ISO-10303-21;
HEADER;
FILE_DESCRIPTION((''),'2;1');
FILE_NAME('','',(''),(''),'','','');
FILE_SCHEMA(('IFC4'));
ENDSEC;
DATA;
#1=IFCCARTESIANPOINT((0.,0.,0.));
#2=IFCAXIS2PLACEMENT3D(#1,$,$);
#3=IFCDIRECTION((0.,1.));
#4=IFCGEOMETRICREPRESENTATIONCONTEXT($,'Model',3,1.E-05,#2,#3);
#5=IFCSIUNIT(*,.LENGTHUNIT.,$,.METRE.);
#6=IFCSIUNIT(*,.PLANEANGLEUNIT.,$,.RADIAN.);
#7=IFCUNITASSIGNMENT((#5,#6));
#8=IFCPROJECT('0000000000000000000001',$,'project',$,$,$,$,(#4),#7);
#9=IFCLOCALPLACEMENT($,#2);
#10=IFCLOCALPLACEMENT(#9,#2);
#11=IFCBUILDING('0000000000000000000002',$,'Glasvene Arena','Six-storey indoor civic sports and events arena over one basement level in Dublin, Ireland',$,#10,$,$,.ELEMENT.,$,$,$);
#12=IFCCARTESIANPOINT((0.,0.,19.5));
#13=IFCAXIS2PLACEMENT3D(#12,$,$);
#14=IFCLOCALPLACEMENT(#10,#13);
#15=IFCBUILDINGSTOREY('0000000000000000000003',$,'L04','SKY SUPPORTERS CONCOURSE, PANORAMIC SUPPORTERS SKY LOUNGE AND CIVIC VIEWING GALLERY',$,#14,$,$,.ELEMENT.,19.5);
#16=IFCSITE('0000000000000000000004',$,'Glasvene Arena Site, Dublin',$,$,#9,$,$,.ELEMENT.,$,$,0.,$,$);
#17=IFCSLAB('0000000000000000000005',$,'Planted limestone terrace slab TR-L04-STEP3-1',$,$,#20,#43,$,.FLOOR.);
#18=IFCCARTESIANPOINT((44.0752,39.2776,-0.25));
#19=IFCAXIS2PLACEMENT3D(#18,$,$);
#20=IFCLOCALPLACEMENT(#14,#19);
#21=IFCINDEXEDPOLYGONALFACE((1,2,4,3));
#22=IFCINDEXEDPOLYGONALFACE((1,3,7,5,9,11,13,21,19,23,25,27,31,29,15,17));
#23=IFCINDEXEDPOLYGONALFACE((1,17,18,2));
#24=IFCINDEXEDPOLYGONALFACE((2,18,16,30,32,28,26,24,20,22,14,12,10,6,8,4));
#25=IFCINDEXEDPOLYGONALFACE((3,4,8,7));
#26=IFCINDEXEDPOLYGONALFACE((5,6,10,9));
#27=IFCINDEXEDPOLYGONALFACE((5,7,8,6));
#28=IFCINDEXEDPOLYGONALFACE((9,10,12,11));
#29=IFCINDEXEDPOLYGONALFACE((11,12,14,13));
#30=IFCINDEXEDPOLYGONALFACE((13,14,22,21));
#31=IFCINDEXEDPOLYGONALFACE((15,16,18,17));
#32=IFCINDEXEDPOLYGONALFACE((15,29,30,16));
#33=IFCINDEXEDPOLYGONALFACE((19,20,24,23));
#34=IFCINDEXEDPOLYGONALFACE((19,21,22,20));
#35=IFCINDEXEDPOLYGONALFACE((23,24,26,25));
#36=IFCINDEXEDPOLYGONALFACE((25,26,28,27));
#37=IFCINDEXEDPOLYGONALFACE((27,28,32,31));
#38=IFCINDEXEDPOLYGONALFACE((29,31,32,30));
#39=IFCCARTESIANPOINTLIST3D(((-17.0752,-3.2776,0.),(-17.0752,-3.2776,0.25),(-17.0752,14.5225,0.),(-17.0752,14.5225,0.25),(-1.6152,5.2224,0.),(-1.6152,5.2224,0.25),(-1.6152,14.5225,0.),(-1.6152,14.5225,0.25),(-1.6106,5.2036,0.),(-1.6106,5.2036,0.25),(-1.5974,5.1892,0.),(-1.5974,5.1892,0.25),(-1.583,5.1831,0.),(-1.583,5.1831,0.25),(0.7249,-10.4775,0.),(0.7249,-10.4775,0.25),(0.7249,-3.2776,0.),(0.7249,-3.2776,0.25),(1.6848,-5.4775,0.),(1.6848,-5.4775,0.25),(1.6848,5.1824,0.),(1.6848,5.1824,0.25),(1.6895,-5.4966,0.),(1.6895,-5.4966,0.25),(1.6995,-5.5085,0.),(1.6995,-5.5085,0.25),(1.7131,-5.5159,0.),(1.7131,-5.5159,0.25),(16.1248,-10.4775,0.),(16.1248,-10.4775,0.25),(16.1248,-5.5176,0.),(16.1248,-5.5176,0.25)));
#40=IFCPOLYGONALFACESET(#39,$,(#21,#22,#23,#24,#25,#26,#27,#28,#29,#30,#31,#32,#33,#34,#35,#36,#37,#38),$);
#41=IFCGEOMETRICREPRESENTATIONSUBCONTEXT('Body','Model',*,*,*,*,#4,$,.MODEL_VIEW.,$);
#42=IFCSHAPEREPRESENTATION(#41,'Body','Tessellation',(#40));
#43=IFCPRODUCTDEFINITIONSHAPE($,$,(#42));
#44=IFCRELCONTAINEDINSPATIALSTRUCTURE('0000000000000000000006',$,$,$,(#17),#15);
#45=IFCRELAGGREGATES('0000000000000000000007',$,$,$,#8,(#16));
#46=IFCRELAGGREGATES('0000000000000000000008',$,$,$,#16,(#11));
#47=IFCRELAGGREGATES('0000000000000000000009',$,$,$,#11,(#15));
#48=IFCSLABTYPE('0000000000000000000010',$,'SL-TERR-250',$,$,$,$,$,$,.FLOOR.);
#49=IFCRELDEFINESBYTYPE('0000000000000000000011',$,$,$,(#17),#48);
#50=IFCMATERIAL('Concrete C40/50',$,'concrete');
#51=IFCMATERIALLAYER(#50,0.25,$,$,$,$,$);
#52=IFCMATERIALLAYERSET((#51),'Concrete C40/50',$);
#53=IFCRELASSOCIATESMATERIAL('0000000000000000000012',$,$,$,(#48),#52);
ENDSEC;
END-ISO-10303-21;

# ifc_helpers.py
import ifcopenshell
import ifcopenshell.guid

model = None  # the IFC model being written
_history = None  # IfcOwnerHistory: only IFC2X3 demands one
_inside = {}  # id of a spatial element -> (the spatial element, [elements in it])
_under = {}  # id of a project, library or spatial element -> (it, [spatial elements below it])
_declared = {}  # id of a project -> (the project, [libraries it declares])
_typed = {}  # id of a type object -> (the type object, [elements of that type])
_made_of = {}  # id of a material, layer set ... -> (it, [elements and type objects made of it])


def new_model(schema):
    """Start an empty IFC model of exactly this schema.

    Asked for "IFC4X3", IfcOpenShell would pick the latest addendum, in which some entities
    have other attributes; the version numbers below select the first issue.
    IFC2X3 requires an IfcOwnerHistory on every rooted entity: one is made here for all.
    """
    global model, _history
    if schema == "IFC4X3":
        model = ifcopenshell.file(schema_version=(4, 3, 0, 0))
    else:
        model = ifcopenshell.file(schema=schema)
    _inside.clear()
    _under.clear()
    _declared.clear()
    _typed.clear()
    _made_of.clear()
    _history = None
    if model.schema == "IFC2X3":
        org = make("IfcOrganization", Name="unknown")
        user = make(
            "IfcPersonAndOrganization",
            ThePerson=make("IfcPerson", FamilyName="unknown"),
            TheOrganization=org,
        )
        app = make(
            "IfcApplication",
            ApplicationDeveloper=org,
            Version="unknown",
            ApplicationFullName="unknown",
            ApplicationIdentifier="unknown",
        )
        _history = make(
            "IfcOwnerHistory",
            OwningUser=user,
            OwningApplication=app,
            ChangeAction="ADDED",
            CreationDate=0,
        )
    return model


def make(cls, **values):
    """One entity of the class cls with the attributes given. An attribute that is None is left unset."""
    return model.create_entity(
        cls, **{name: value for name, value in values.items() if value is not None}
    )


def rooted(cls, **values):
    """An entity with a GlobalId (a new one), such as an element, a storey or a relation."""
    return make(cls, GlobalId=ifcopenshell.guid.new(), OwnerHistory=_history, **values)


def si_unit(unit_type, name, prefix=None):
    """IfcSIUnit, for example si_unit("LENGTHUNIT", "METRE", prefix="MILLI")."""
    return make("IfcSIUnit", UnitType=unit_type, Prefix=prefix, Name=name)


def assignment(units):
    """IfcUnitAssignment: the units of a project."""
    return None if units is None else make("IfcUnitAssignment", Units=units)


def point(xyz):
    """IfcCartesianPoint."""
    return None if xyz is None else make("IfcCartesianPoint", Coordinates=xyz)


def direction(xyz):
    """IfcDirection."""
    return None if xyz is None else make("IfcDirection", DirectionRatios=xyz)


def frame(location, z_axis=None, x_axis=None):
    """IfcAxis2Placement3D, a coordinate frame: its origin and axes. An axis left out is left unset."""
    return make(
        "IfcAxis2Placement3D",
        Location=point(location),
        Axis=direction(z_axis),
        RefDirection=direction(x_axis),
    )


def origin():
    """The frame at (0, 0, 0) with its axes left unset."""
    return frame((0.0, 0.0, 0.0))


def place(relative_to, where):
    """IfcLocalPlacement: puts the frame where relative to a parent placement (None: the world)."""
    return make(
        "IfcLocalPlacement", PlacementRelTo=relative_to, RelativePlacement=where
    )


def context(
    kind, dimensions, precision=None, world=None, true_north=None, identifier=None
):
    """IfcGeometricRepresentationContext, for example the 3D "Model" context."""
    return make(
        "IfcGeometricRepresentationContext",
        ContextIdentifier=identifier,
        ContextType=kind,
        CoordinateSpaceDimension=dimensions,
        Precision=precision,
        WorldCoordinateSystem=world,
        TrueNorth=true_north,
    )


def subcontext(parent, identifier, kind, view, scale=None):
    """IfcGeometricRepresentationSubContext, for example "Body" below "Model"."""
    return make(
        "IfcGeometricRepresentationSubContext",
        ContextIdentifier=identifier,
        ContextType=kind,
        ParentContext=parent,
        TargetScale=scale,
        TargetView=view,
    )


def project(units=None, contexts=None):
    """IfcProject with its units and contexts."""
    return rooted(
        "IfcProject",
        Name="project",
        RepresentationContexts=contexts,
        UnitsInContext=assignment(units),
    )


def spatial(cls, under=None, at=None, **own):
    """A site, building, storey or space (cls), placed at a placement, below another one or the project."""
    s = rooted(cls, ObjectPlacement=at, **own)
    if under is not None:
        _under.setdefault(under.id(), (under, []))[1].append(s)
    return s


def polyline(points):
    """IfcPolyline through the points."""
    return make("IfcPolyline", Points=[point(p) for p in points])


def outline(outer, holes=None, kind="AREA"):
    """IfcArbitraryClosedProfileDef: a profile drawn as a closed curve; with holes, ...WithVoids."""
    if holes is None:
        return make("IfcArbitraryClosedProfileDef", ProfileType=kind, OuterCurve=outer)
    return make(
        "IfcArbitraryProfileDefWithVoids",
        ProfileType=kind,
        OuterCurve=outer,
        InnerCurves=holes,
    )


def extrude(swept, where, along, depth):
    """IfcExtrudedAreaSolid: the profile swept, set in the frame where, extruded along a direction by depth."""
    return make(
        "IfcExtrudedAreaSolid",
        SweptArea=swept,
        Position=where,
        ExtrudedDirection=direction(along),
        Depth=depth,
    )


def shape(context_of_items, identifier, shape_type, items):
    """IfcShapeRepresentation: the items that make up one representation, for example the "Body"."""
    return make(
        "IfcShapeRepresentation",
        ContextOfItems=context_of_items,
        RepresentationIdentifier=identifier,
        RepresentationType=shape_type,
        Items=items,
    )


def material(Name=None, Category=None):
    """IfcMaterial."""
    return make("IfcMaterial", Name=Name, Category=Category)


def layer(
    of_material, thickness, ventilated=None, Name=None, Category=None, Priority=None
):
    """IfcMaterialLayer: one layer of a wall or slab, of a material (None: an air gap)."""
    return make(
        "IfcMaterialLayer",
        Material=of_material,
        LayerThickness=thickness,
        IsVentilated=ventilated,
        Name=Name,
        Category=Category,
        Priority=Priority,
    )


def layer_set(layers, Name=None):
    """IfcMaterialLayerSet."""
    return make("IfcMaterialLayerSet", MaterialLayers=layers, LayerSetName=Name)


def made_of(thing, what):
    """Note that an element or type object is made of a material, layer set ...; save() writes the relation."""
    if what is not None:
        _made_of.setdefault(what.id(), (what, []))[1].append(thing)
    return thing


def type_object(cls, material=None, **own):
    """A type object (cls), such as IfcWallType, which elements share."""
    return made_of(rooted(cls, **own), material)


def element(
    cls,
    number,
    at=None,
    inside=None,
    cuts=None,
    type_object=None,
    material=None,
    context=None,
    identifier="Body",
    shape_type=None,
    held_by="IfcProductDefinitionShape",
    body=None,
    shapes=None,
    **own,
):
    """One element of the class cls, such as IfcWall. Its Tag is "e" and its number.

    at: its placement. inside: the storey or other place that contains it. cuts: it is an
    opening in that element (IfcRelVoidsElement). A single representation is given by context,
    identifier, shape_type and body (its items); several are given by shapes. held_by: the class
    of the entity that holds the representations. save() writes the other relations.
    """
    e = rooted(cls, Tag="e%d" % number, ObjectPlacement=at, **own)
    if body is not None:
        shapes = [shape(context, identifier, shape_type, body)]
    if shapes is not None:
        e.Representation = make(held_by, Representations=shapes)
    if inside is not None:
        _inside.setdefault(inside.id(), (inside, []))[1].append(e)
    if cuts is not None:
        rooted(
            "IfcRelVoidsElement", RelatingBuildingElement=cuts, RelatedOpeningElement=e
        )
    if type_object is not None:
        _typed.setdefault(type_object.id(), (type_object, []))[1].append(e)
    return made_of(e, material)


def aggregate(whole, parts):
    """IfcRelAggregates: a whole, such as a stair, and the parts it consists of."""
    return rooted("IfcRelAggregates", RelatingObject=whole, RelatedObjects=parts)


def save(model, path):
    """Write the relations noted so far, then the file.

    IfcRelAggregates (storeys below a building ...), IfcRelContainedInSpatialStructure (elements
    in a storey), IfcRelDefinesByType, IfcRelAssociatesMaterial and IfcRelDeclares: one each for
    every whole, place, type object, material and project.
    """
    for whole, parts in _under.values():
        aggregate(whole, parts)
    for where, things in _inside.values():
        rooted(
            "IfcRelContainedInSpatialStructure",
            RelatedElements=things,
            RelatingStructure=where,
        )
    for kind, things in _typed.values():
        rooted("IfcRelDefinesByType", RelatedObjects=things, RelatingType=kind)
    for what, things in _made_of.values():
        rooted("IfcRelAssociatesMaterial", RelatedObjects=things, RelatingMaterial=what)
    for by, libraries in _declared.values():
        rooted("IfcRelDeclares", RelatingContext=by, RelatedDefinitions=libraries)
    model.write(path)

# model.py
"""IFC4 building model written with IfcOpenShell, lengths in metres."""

from ifc_helpers import new_model, si_unit, direction, frame, origin, place, context, subcontext, project, spatial, polyline, outline, extrude, material, layer, layer_set, type_object, element, save


model = new_model("IFC4")

# Units and contexts
model_context = context("Model", 3, precision=1e-05, world=origin(), true_north=direction((0.0, 1.0)))
body_context = subcontext(model_context, "Body", "Model", "MODEL_VIEW")
ifc_project = project(units=[si_unit("LENGTHUNIT", "METRE"), si_unit("PLANEANGLEUNIT", "RADIAN")], contexts=[model_context])

# Site, building, storey
site_placement = place(None, origin())
site = spatial("IfcSite", under=ifc_project, at=site_placement, Name="Glasvene Arena Site, Dublin", CompositionType="ELEMENT", RefElevation=0.0)
building_placement = place(site_placement, origin())
building = spatial("IfcBuilding", under=site, at=building_placement, Name="Glasvene Arena", Description="Six-storey indoor civic sports and events arena over one basement level in Dublin, Ireland", CompositionType="ELEMENT")
storey_placement = place(building_placement, frame((0.0, 0.0, 19.5)))
storey = spatial("IfcBuildingStorey", under=building, at=storey_placement, Name="L04", Description="SKY SUPPORTERS CONCOURSE, PANORAMIC SUPPORTERS SKY LOUNGE AND CIVIC VIEWING GALLERY", CompositionType="ELEMENT", Elevation=19.5)

# Slab
ifc_material_1 = material(Name="Concrete C40/50", Category="concrete")
ifc_layer_1 = layer(ifc_material_1, 0.25)
ifc_layer_set_1 = layer_set([ifc_layer_1], Name="Concrete C40/50")
slab_type = type_object("IfcSlabType", Name="SL-TERR-250", PredefinedType="FLOOR", material=ifc_layer_set_1)
slab_placement = place(storey_placement, frame((44.0752, 39.2776, -0.25)))
element("IfcSlab", 1, at=slab_placement, inside=storey, type_object=slab_type, Name="Planted limestone terrace slab TR-L04-STEP3-1", PredefinedType="FLOOR", context=body_context, shape_type="SweptSolid", body=[
    extrude(outline(polyline([(0.7249, -10.4775), (0.7249, -3.2776), (-17.0752, -3.2776), (-17.0752, 14.5225), (-1.6152, 14.5225), (-1.6152, 5.2224), (-1.6106, 5.2036), (-1.5974, 5.1892), (-1.583, 5.1831), (1.6848, 5.1824), (1.6848, -5.4775), (1.6895, -5.4966), (1.6995, -5.5085), (1.7131, -5.5159), (16.1248, -5.5176), (16.1248, -10.4775), (0.7249, -10.4775)])), origin(), (0.0, 0.0, 1.0), 0.25),
])

save(model, "model.ifc")
